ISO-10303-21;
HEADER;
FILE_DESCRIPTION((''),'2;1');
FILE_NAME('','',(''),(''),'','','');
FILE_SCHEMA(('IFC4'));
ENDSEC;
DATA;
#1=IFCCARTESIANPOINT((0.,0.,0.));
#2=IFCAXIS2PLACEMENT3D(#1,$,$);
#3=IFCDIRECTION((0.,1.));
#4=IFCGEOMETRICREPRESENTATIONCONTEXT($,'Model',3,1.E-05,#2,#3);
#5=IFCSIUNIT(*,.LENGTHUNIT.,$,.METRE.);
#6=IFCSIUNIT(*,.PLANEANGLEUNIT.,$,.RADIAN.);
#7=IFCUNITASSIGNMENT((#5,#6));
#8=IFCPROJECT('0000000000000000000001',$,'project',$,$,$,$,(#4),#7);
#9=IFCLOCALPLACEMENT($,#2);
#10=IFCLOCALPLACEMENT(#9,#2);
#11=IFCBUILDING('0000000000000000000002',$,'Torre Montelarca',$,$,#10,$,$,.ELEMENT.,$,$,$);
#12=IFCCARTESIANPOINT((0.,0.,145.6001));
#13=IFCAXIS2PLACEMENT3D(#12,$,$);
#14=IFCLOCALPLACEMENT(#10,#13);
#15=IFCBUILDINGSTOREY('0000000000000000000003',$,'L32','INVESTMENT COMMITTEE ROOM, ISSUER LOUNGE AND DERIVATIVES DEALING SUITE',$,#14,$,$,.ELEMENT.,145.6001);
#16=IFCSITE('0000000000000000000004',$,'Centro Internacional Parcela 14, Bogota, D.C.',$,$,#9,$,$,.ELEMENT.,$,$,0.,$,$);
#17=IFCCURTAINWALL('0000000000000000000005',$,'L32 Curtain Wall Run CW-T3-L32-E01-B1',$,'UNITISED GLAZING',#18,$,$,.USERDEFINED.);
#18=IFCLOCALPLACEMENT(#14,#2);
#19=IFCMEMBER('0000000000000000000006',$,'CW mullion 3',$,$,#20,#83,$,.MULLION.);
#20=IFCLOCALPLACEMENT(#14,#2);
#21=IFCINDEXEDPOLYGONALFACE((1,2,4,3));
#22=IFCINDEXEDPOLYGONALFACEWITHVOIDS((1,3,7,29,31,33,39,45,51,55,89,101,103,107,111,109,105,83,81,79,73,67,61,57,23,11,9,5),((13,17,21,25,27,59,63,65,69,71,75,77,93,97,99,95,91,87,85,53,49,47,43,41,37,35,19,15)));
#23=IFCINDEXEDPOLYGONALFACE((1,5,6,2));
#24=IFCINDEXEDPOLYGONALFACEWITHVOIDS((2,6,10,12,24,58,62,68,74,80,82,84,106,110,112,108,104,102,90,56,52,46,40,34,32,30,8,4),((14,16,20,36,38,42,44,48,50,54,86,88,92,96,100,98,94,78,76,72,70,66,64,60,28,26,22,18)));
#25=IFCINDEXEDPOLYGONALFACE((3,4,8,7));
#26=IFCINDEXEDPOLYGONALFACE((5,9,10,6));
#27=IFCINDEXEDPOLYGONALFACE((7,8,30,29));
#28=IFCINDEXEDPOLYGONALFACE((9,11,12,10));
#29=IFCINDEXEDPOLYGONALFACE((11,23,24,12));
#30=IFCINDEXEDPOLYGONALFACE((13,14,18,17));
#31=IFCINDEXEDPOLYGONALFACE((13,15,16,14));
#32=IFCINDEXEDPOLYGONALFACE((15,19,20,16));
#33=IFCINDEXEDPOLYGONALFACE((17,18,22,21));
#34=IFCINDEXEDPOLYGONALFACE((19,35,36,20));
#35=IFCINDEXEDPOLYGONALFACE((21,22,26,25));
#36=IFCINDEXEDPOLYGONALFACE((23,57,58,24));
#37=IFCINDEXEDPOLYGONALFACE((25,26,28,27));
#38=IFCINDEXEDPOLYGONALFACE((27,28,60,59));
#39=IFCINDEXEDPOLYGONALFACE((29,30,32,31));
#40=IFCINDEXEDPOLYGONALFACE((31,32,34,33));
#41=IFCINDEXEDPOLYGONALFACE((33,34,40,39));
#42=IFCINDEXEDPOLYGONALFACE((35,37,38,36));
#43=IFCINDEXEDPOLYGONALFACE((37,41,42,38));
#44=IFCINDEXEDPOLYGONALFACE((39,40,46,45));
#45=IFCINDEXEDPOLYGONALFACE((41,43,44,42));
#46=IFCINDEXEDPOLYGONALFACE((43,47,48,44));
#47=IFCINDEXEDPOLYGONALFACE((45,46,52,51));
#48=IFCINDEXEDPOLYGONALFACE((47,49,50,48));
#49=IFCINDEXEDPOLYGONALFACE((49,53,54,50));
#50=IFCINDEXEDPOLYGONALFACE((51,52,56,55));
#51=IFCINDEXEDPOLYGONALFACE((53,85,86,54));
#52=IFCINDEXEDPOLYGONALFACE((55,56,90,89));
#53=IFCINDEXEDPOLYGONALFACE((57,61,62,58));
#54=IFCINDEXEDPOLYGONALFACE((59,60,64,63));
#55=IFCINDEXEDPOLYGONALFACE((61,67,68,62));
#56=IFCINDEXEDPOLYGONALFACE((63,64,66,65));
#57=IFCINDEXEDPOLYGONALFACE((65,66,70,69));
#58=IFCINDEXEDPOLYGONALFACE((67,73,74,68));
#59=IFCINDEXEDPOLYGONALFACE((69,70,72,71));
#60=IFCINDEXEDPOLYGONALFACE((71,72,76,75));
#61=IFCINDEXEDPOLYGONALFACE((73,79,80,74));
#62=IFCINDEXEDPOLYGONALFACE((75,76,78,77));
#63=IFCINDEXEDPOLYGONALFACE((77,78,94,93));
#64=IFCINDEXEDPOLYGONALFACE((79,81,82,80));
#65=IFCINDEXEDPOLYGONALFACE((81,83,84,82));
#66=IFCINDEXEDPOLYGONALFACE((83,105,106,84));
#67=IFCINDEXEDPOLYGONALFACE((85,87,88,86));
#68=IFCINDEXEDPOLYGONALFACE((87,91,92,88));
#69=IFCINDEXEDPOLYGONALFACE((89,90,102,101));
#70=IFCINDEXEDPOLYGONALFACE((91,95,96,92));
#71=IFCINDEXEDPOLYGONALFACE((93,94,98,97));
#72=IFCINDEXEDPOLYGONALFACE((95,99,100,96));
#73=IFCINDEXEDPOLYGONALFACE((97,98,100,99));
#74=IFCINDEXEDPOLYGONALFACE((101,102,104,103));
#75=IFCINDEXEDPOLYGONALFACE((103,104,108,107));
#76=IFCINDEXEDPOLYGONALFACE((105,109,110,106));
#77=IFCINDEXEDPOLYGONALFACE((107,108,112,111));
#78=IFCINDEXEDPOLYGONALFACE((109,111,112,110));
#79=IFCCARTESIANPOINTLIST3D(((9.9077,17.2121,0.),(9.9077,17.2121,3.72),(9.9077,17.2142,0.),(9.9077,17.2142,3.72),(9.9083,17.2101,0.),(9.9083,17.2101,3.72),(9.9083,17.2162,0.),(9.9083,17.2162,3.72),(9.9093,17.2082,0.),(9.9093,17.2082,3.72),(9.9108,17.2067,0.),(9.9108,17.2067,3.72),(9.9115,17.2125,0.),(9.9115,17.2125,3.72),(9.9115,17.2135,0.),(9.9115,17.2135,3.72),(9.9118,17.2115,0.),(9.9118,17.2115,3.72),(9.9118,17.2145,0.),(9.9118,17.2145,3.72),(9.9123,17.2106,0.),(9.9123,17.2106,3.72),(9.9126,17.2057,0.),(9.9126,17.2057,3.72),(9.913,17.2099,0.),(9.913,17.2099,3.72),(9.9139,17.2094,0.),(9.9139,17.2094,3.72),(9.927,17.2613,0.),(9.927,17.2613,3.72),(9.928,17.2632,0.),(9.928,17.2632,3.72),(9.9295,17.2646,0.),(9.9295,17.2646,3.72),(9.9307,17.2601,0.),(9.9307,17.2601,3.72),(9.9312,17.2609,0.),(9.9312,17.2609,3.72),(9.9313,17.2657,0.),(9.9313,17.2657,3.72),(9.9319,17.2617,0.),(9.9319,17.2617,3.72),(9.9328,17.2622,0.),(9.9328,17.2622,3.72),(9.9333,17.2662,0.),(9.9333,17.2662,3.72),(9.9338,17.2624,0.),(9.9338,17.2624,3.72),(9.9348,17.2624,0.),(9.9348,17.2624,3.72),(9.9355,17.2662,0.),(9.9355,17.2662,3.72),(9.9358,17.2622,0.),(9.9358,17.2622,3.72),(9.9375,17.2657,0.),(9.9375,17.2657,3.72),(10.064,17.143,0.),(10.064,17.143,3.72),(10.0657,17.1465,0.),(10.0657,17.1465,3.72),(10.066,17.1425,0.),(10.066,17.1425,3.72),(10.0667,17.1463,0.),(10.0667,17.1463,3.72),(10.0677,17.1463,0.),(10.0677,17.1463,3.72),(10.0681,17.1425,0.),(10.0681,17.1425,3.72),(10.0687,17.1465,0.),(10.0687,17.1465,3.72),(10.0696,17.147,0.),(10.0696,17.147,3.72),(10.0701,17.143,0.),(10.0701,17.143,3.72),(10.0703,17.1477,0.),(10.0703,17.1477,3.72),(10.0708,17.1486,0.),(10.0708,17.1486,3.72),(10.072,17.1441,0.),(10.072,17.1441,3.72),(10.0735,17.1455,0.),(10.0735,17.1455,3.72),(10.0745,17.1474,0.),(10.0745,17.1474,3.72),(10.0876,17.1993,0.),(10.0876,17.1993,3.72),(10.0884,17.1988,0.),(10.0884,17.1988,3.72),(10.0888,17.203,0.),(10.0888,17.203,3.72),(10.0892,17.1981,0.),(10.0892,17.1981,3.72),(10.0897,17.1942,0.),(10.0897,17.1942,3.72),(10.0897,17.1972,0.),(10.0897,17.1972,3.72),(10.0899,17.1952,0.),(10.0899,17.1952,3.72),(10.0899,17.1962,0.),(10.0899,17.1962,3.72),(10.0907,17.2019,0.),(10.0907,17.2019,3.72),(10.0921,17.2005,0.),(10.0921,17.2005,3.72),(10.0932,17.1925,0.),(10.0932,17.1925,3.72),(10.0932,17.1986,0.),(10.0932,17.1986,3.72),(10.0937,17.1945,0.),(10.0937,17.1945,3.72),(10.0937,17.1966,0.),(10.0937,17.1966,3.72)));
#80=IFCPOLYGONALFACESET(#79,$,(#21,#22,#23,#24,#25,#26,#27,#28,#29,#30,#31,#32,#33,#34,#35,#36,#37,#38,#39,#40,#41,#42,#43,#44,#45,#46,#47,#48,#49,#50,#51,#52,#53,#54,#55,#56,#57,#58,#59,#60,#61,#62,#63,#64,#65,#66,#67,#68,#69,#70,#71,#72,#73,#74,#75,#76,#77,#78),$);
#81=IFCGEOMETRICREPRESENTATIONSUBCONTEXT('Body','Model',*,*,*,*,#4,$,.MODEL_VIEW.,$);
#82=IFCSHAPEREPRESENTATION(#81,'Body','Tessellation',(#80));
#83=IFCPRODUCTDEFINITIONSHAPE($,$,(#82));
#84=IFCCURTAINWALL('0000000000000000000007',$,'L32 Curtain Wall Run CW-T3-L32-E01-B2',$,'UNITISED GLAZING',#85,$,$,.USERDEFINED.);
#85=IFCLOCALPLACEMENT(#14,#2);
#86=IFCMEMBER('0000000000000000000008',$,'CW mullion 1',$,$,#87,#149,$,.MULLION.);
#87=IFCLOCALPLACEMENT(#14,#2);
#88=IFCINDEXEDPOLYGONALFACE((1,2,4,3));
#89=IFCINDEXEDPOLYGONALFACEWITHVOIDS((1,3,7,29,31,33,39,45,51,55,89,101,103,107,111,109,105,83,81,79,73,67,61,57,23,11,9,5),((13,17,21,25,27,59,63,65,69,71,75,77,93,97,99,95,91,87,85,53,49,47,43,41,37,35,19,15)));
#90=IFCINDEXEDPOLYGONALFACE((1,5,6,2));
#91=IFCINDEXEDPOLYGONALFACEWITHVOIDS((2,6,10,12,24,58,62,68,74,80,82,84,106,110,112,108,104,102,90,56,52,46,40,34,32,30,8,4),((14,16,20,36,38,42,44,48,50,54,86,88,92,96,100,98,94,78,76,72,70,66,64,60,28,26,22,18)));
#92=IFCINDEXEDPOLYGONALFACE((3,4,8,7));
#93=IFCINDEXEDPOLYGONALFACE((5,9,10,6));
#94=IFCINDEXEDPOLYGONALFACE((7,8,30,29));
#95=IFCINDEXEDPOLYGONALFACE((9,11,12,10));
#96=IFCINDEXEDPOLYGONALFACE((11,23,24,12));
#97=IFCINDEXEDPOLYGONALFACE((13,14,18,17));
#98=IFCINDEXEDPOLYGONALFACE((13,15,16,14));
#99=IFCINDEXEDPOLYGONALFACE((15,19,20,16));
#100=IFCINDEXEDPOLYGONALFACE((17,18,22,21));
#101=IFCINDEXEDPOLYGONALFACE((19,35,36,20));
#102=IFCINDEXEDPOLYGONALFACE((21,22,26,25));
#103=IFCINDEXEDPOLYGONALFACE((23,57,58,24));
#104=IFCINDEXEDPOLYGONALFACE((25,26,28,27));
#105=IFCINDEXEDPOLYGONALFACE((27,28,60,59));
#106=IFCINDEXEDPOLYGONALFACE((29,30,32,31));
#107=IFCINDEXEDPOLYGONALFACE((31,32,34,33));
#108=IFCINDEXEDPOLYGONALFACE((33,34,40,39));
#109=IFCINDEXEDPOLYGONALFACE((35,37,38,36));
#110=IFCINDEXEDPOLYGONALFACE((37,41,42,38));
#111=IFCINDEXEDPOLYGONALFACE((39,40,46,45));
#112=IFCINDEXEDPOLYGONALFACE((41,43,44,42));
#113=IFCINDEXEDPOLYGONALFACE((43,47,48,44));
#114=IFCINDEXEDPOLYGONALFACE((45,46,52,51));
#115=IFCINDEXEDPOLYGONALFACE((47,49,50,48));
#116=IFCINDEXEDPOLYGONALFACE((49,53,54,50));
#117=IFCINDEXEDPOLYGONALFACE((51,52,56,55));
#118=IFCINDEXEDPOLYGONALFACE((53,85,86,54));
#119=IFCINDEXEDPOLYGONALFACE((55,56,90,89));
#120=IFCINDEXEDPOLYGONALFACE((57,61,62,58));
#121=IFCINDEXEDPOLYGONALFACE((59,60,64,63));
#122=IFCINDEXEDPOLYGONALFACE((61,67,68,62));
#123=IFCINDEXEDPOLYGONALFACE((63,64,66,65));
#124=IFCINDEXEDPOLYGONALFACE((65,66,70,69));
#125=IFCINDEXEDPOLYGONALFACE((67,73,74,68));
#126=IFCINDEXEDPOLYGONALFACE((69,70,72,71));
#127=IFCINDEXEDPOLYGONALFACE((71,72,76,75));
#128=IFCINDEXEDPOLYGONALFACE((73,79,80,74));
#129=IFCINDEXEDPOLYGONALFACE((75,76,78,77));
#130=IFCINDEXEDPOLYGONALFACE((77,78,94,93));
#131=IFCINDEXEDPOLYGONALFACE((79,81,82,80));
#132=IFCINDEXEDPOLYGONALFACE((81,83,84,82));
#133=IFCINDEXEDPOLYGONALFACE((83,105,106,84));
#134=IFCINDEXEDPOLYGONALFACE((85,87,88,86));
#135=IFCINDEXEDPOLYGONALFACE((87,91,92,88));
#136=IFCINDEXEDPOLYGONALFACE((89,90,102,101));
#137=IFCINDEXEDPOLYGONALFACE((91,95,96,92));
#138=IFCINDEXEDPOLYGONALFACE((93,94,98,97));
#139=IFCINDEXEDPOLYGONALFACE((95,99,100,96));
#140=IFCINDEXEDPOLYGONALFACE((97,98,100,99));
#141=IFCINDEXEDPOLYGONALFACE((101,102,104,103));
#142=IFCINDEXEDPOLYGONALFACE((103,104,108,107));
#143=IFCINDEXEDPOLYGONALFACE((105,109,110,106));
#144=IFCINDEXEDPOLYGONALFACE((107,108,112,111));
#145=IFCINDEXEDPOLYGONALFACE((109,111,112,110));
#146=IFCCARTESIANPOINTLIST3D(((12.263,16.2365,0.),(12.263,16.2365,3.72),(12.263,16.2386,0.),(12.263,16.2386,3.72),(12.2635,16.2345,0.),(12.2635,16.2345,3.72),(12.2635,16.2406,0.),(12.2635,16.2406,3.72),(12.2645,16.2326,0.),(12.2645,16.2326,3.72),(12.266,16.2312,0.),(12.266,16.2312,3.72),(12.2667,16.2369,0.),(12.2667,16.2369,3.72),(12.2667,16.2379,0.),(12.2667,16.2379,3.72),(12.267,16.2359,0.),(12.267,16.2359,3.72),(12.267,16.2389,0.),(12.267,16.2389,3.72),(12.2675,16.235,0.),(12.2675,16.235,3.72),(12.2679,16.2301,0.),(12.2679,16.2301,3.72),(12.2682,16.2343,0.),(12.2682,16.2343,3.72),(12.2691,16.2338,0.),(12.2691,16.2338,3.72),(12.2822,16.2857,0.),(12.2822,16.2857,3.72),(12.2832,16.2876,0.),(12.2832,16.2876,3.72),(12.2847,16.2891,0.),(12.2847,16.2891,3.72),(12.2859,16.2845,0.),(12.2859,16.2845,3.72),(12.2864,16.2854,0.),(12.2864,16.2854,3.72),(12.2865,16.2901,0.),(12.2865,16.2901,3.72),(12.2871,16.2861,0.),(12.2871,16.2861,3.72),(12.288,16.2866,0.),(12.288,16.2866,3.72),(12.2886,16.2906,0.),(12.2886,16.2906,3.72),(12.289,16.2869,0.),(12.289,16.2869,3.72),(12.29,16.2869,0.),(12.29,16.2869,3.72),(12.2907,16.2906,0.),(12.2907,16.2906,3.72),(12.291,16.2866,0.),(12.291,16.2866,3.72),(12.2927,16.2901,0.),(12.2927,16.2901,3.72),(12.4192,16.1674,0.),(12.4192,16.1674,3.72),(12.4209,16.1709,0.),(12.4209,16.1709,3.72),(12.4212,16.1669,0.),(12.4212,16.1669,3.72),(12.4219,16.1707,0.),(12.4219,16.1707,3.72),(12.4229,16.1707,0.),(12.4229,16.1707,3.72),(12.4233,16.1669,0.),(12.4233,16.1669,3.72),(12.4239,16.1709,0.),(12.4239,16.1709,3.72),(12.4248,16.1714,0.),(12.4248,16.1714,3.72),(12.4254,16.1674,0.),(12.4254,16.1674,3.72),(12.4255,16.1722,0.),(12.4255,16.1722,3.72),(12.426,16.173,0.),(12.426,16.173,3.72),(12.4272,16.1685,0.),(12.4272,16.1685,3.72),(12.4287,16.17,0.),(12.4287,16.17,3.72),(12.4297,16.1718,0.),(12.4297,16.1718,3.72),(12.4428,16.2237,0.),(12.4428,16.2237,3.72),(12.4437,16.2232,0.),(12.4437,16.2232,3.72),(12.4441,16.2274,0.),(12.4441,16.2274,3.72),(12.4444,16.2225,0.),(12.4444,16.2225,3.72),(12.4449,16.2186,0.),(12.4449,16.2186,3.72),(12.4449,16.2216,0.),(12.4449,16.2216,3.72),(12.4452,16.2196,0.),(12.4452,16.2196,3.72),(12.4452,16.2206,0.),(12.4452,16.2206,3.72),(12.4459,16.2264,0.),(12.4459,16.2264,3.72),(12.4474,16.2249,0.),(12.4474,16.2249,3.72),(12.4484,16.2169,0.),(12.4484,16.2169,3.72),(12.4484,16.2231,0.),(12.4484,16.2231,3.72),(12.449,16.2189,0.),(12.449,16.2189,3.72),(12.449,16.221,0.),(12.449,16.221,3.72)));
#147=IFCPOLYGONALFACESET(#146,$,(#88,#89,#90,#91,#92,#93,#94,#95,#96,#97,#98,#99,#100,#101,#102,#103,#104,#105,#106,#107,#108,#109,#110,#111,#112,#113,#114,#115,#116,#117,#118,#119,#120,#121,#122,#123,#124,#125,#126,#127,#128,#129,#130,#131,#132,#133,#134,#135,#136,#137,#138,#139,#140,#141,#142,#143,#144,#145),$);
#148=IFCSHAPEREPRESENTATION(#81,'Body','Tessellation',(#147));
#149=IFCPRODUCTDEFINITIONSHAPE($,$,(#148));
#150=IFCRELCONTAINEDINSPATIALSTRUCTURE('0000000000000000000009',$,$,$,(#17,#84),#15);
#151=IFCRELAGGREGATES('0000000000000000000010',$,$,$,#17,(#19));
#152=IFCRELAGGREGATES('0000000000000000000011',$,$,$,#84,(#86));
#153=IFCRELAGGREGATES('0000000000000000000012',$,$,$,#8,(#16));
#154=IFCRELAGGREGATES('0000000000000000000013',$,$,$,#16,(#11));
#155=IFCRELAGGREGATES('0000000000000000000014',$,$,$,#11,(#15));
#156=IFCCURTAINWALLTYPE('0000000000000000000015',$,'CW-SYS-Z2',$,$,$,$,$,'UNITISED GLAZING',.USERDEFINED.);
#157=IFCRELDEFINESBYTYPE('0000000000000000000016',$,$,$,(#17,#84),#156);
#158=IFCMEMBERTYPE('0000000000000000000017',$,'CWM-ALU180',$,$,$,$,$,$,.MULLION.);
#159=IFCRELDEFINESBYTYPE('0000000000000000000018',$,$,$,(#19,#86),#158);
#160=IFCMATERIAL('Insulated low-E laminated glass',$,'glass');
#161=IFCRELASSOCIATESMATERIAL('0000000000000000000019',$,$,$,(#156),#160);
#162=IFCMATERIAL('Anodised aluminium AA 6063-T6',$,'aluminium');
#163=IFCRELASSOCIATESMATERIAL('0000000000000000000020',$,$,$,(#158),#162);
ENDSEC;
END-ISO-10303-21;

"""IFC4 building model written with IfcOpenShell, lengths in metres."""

from ifc_helpers import new_model, si_unit, direction, frame, origin, origin_2d, place, context, subcontext, project, spatial, hollow_rectangle, extrude, source, transform, mapped, material, material_profile, profile_set, type_object, element, aggregate, save


model = new_model("IFC4")

# Units and contexts
model_context = context("Model", 3, precision=1e-05, world=origin(), true_north=direction((0.0, 1.0)))
body_context = subcontext(model_context, "Body", "Model", "MODEL_VIEW")
ifc_project = project(units=[si_unit("LENGTHUNIT", "METRE"), si_unit("PLANEANGLEUNIT", "RADIAN")], contexts=[model_context])

# Site, building, storey
site_placement = place(None, origin())
site = spatial("IfcSite", under=ifc_project, at=site_placement, Name="Centro Internacional Parcela 14, Bogota, D.C.", CompositionType="ELEMENT", RefElevation=0.0)
building_placement = place(site_placement, origin())
building = spatial("IfcBuilding", under=site, at=building_placement, Name="Torre Montelarca", CompositionType="ELEMENT")
storey_placement = place(building_placement, frame((0.0, 0.0, 145.6001)))
storey = spatial("IfcBuildingStorey", under=building, at=storey_placement, Name="L32", Description="INVESTMENT COMMITTEE ROOM, ISSUER LOUNGE AND DERIVATIVES DEALING SUITE", CompositionType="ELEMENT", Elevation=145.6001)

# Curtain walls, members
ifc_material_1 = material(Name="Insulated low-E laminated glass", Category="glass")
curtain_wall_type = type_object("IfcCurtainWallType", Name="CW-SYS-Z2", ElementType="UNITISED GLAZING", PredefinedType="USERDEFINED", material=ifc_material_1)
curtain_wall_1_placement = place(storey_placement, origin())
curtain_wall_1 = element("IfcCurtainWall", 1, at=curtain_wall_1_placement, inside=storey, type_object=curtain_wall_type, Name="L32 Curtain Wall Run CW-T3-L32-E01-B1", ObjectType="UNITISED GLAZING", PredefinedType="USERDEFINED")
ifc_material_2 = material(Name="Anodised aluminium AA 6063-T6", Category="aluminium")
ifc_material_profile_1 = material_profile(ifc_material_2, hollow_rectangle(XDim=0.0649, YDim=0.1799, WallThickness=0.0039, InnerFilletRadius=0.0039, OuterFilletRadius=0.0081, at=origin_2d()), Name="ALU65X180X4", Category="aluminium")
ifc_profile_set_1 = profile_set([ifc_material_profile_1], Name="Anodised aluminium AA 6063-T6")
member_type_1 = type_object("IfcMemberType", Name="CWM-ALU180", PredefinedType="MULLION", material=ifc_profile_set_1)
shared_shape_1 = source(origin(), body_context, "Body", "SweptSolid", [
    extrude(hollow_rectangle(XDim=0.0649, YDim=0.1799, WallThickness=0.0039, InnerFilletRadius=0.0039, OuterFilletRadius=0.0081, at=origin_2d()), origin(), (0.0, 0.0, 1.0), 3.72),
])
member_1_placement = place(storey_placement, frame((10.0007, 17.2043, 0.0), z_axis=(0.0, 0.0, 1.0), x_axis=(0.382683, 0.92388, 0.0)))
member_1 = element("IfcMember", 2, at=member_1_placement, type_object=member_type_1, Name="CW mullion 3", PredefinedType="MULLION", context=body_context, shape_type="MappedRepresentation", body=[
    mapped(shared_shape_1, transform((0.0, 0.0, 0.0), scale=1.0)),
])
curtain_wall_2_placement = place(storey_placement, origin())
curtain_wall_2 = element("IfcCurtainWall", 3, at=curtain_wall_2_placement, inside=storey, type_object=curtain_wall_type, Name="L32 Curtain Wall Run CW-T3-L32-E01-B2", ObjectType="UNITISED GLAZING", PredefinedType="USERDEFINED")
member_2_placement = place(storey_placement, frame((12.356, 16.2288, 0.0), z_axis=(0.0, 0.0, 1.0), x_axis=(0.382682, 0.92388, 0.0)))
member_2 = element("IfcMember", 4, at=member_2_placement, type_object=member_type_1, Name="CW mullion 1", PredefinedType="MULLION", context=body_context, shape_type="MappedRepresentation", body=[
    mapped(shared_shape_1, transform((0.0, 0.0, 0.0), scale=1.0)),
])

aggregate(curtain_wall_1, [member_1])
aggregate(curtain_wall_2, [member_2])

save(model, "model.ifc")
